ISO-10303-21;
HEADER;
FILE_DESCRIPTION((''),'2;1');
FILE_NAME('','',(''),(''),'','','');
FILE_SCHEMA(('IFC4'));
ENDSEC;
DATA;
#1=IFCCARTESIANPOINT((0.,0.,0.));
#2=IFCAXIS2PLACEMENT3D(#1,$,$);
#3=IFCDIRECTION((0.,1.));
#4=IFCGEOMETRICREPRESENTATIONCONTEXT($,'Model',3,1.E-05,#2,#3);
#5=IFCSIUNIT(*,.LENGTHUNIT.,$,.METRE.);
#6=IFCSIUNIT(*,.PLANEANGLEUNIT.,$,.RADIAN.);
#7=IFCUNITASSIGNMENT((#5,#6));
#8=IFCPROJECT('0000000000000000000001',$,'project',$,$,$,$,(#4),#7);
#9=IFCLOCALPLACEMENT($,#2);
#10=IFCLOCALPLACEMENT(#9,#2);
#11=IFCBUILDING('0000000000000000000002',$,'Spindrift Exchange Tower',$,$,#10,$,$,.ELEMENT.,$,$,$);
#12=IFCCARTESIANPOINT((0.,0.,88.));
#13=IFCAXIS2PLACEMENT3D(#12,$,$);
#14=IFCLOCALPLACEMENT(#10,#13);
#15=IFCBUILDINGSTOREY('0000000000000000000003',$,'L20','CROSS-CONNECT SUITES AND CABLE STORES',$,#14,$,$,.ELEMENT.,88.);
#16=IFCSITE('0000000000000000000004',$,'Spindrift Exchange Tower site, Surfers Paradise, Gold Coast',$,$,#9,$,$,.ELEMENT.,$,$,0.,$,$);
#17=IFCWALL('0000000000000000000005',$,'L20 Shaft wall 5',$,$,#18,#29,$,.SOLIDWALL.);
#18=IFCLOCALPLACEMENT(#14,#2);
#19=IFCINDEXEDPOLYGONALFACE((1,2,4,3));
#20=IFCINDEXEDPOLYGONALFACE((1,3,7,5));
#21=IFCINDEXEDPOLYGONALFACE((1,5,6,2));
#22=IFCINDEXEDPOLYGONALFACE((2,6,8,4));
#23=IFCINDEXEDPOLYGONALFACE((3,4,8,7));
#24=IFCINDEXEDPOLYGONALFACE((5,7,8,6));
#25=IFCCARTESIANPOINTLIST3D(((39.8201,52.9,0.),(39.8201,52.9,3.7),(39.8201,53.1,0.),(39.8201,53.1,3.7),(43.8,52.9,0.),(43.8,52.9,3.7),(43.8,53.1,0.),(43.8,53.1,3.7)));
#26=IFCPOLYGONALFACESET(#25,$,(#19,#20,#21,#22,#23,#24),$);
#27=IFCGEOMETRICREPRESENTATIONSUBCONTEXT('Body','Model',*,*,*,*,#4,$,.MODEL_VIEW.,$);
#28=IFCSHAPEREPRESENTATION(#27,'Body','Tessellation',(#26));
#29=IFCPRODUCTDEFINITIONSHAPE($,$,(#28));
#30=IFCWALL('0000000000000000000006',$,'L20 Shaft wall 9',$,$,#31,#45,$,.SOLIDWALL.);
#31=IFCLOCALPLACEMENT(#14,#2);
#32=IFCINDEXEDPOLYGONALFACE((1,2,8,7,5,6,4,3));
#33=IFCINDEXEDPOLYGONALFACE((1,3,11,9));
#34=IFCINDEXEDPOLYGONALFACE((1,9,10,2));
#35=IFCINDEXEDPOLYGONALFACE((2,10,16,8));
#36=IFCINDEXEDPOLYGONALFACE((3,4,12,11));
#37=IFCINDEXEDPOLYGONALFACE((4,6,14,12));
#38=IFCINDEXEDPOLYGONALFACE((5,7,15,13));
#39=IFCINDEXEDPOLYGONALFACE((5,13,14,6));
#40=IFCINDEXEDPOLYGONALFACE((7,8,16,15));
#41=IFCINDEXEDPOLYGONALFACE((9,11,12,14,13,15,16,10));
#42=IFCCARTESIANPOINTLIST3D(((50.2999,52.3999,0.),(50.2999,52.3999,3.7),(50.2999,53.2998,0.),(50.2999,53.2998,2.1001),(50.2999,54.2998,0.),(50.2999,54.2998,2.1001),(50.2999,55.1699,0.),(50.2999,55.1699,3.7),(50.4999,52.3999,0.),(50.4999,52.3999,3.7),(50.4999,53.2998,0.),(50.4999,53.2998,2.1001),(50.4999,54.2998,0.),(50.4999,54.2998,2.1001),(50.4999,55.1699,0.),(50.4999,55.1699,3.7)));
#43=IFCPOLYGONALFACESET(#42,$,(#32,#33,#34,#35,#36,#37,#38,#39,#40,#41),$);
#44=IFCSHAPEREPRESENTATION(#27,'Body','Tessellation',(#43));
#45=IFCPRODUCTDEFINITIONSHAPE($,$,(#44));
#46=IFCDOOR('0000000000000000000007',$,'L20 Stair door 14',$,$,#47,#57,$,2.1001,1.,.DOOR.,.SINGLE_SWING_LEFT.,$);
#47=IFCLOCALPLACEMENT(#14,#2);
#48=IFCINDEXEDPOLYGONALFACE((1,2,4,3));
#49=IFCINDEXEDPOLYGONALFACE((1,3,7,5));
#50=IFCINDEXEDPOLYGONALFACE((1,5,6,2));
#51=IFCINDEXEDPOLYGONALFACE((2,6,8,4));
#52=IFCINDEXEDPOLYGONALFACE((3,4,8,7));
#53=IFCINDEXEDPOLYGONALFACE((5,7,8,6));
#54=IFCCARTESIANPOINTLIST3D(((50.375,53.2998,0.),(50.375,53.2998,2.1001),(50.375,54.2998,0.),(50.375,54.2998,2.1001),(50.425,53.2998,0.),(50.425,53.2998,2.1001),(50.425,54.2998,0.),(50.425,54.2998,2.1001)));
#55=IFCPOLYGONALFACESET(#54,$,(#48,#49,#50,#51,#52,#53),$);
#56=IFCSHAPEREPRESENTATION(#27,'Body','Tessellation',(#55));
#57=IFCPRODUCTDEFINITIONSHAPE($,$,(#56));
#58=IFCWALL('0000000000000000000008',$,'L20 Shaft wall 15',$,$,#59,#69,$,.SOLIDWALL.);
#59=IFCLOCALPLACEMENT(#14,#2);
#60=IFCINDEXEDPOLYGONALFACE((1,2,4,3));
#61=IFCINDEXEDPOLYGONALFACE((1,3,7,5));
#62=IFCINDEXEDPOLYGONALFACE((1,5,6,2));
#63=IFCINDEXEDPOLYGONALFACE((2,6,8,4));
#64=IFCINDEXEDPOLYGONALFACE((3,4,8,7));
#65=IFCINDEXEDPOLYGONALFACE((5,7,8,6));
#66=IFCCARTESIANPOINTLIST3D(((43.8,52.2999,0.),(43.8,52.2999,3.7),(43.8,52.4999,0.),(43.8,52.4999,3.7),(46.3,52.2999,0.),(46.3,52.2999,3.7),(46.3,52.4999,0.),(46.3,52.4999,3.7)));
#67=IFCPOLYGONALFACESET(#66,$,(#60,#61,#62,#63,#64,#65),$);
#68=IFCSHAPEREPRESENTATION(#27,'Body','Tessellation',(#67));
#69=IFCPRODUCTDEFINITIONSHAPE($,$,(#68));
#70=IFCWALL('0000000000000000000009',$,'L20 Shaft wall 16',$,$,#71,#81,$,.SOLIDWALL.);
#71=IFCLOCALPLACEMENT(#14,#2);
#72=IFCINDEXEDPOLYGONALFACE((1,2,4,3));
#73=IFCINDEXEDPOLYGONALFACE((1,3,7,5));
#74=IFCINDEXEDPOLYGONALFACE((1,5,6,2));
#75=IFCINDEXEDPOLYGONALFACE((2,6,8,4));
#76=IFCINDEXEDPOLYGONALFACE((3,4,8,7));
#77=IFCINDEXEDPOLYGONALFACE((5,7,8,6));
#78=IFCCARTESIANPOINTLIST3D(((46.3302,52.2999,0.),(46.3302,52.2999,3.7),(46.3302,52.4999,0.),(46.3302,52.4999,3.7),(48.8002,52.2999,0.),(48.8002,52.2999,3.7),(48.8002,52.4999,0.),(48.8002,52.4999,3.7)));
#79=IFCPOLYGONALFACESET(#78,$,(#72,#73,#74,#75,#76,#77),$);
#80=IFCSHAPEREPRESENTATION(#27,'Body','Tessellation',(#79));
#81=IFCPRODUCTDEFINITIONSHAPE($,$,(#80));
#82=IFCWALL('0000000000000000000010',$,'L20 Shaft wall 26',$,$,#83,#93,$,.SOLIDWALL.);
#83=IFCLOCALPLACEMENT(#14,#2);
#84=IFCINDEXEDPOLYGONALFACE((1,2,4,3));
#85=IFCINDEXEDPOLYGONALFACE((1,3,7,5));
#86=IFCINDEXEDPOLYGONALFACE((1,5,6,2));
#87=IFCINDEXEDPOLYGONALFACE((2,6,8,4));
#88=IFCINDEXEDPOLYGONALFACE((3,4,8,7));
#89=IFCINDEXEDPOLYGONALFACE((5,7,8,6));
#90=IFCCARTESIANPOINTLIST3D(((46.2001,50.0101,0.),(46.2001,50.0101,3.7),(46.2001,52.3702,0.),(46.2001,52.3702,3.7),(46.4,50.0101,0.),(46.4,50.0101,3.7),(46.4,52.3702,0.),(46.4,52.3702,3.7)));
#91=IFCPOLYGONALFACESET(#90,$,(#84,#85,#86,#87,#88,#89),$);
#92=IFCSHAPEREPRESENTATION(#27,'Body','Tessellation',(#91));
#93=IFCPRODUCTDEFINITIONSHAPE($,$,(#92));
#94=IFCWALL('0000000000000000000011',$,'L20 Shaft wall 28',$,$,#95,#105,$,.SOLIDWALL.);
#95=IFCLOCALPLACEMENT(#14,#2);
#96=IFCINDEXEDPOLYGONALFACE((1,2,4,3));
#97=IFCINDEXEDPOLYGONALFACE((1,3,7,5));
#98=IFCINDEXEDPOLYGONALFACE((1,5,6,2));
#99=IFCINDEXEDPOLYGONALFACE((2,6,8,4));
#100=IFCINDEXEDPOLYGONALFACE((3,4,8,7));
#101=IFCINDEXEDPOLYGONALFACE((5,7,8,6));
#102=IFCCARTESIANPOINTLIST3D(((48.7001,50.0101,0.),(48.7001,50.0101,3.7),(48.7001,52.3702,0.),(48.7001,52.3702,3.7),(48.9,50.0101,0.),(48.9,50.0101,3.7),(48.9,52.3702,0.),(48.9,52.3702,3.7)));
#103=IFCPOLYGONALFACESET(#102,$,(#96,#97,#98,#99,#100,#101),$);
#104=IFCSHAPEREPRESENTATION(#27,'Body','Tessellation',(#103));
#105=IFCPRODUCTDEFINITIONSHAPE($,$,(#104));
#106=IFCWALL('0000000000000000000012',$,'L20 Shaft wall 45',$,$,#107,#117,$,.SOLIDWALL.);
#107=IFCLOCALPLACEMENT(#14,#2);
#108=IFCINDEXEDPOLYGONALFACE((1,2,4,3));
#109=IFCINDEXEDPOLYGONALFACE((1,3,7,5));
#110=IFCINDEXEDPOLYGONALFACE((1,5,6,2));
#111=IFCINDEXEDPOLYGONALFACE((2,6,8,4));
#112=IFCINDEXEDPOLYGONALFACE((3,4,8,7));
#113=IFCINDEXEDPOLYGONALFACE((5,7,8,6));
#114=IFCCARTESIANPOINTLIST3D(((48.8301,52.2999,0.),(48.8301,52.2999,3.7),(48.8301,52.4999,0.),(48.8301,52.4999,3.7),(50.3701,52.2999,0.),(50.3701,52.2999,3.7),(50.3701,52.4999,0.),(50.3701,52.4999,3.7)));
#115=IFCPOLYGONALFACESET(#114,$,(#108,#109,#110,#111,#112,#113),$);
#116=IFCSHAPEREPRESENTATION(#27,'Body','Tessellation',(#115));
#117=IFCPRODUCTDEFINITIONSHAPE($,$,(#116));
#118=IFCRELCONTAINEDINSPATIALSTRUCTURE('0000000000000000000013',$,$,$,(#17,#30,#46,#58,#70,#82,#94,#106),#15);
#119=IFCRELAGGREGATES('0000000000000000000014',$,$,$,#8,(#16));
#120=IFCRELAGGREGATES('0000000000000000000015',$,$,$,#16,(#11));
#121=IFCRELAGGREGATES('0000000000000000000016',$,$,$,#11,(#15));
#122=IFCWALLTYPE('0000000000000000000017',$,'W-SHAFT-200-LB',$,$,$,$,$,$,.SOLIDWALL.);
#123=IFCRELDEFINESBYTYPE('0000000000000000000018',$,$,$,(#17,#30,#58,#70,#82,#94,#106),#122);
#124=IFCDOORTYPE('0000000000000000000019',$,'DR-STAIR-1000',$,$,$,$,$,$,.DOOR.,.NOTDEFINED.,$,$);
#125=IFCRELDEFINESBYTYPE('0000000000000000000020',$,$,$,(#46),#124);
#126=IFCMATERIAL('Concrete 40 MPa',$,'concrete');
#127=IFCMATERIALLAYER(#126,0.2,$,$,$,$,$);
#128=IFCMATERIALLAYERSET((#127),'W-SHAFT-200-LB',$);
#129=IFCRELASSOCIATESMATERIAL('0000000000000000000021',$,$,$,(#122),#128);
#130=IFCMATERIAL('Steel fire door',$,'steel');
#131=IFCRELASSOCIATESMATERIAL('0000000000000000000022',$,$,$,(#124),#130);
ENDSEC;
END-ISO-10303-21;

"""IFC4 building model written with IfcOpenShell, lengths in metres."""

from ifc_helpers import new_model, si_unit, direction, frame, frame_2d, origin, place, context, subcontext, project, spatial, rectangle, extrude, source, transform, mapped, material, layer, layer_set, type_object, element, fill, save


model = new_model("IFC4")

# Units and contexts
model_context = context("Model", 3, precision=1e-05, world=origin(), true_north=direction((0.0, 1.0)))
body_context = subcontext(model_context, "Body", "Model", "MODEL_VIEW")
ifc_project = project(units=[si_unit("LENGTHUNIT", "METRE"), si_unit("PLANEANGLEUNIT", "RADIAN")], contexts=[model_context])

# Site, building, storey
site_placement = place(None, origin())
site = spatial("IfcSite", under=ifc_project, at=site_placement, Name="Spindrift Exchange Tower site, Surfers Paradise, Gold Coast", CompositionType="ELEMENT", RefElevation=0.0)
building_placement = place(site_placement, origin())
building = spatial("IfcBuilding", under=site, at=building_placement, Name="Spindrift Exchange Tower", CompositionType="ELEMENT")
storey_placement = place(building_placement, frame((0.0, 0.0, 88.0)))
storey = spatial("IfcBuildingStorey", under=building, at=storey_placement, Name="L20", Description="CROSS-CONNECT SUITES AND CABLE STORES", CompositionType="ELEMENT", Elevation=88.0)

# Wall
ifc_material_1 = material(Name="Concrete 40 MPa", Category="concrete")
ifc_layer = layer(ifc_material_1, 0.2)
ifc_layer_set = layer_set([ifc_layer], Name="W-SHAFT-200-LB")
wall_type = type_object("IfcWallType", Name="W-SHAFT-200-LB", PredefinedType="SOLIDWALL", material=ifc_layer_set)
wall_1_placement = place(storey_placement, frame((43.8, 53.0, 0.0), z_axis=(0.0, 0.0, 1.0), x_axis=(-1.0, 0.0, 0.0)))
element("IfcWall", 1, at=wall_1_placement, inside=storey, type_object=wall_type, Name="L20 Shaft wall 5", PredefinedType="SOLIDWALL", context=body_context, shape_type="SweptSolid", body=[
    extrude(rectangle(XDim=3.98, YDim=0.2, at=frame_2d((1.99, 0.0))), origin(), (0.0, 0.0, 1.0), 3.7),
])

# Wall, opening, door
wall_2_placement = place(storey_placement, frame((50.3999, 52.3999, 0.0), z_axis=(0.0, 0.0, 1.0), x_axis=(0.0, 1.0, 0.0)))
wall_2 = element("IfcWall", 2, at=wall_2_placement, inside=storey, type_object=wall_type, Name="L20 Shaft wall 9", PredefinedType="SOLIDWALL", context=body_context, shape_type="SweptSolid", body=[
    extrude(rectangle(XDim=2.77, YDim=0.2, at=frame_2d((1.385, 0.0))), origin(), (0.0, 0.0, 1.0), 3.7),
])
opening_placement = place(wall_2_placement, frame((0.8999, 0.0, 0.0)))
opening = element("IfcOpeningElement", 3, at=opening_placement, cuts=wall_2, PredefinedType="OPENING", context=body_context, shape_type="SweptSolid", body=[
    extrude(rectangle(XDim=1.0, YDim=2.1001, at=frame_2d((0.5, 1.05))), frame((0.0, 0.1099, 0.0), z_axis=(0.0, -1.0, 0.0), x_axis=(1.0, 0.0, 0.0)), (0.0, 0.0, 1.0), 0.22),
])
ifc_material_2 = material(Name="Steel fire door", Category="steel")
door_type = type_object("IfcDoorType", Name="DR-STAIR-1000", OperationType="NOTDEFINED", PredefinedType="DOOR", material=ifc_material_2)
shared_shape = source(origin(), body_context, "Body", "SweptSolid", [
    extrude(rectangle(XDim=1.0, YDim=2.1001, at=frame_2d((0.5, 1.05))), frame((0.0, 0.0249, 0.0), z_axis=(0.0, -1.0, 0.0), x_axis=(1.0, 0.0, 0.0)), (0.0, 0.0, 1.0), 0.05),
])
door_placement = place(opening_placement, origin())
door = element("IfcDoor", 4, at=door_placement, inside=storey, type_object=door_type, Name="L20 Stair door 14", OperationType="SINGLE_SWING_LEFT", OverallHeight=2.1001, OverallWidth=1.0, PredefinedType="DOOR", context=body_context, shape_type="MappedRepresentation", body=[
    mapped(shared_shape, transform((0.0, 0.0, 0.0), scale=1.0)),
])
fill(opening, door)

# Walls
wall_3_placement = place(storey_placement, frame((46.3, 52.3999, 0.0), z_axis=(0.0, 0.0, 1.0), x_axis=(-1.0, 0.0, 0.0)))
element("IfcWall", 5, at=wall_3_placement, inside=storey, type_object=wall_type, Name="L20 Shaft wall 15", PredefinedType="SOLIDWALL", context=body_context, shape_type="SweptSolid", body=[
    extrude(rectangle(XDim=2.5, YDim=0.2, at=frame_2d((1.25, 0.0))), origin(), (0.0, 0.0, 1.0), 3.7),
])
wall_4_placement = place(storey_placement, frame((48.8, 52.3999, 0.0), z_axis=(0.0, 0.0, 1.0), x_axis=(-1.0, 0.0, 0.0)))
element("IfcWall", 6, at=wall_4_placement, inside=storey, type_object=wall_type, Name="L20 Shaft wall 16", PredefinedType="SOLIDWALL", context=body_context, shape_type="SweptSolid", body=[
    extrude(rectangle(XDim=2.47, YDim=0.2, at=frame_2d((1.2349, 0.0))), origin(), (0.0, 0.0, 1.0), 3.7),
])
for number, where, z_axis, x_axis, name in (
    (7, (46.3, 50.01, 0.0), (0.0, 0.0, 1.0), (0.0, 1.0, 0.0), "L20 Shaft wall 26"),
    (8, (48.8, 50.01, 0.0), (0.0, 0.0, 1.0), (0.0, 1.0, 0.0), "L20 Shaft wall 28"),
):
    element("IfcWall", number, at=place(storey_placement, frame(where, z_axis=z_axis, x_axis=x_axis)), inside=storey, type_object=wall_type, Name=name, PredefinedType="SOLIDWALL", context=body_context, shape_type="SweptSolid", body=[
        extrude(rectangle(XDim=2.3601, YDim=0.2, at=frame_2d((1.1802, 0.0))), origin(), (0.0, 0.0, 1.0), 3.7),
    ])
wall_5_placement = place(storey_placement, frame((50.3701, 52.3999, 0.0), z_axis=(0.0, 0.0, 1.0), x_axis=(-1.0, 0.0, 0.0)))
element("IfcWall", 9, at=wall_5_placement, inside=storey, type_object=wall_type, Name="L20 Shaft wall 45", PredefinedType="SOLIDWALL", context=body_context, shape_type="SweptSolid", body=[
    extrude(rectangle(XDim=1.54, YDim=0.2, at=frame_2d((0.77, 0.0))), origin(), (0.0, 0.0, 1.0), 3.7),
])

save(model, "model.ifc")
